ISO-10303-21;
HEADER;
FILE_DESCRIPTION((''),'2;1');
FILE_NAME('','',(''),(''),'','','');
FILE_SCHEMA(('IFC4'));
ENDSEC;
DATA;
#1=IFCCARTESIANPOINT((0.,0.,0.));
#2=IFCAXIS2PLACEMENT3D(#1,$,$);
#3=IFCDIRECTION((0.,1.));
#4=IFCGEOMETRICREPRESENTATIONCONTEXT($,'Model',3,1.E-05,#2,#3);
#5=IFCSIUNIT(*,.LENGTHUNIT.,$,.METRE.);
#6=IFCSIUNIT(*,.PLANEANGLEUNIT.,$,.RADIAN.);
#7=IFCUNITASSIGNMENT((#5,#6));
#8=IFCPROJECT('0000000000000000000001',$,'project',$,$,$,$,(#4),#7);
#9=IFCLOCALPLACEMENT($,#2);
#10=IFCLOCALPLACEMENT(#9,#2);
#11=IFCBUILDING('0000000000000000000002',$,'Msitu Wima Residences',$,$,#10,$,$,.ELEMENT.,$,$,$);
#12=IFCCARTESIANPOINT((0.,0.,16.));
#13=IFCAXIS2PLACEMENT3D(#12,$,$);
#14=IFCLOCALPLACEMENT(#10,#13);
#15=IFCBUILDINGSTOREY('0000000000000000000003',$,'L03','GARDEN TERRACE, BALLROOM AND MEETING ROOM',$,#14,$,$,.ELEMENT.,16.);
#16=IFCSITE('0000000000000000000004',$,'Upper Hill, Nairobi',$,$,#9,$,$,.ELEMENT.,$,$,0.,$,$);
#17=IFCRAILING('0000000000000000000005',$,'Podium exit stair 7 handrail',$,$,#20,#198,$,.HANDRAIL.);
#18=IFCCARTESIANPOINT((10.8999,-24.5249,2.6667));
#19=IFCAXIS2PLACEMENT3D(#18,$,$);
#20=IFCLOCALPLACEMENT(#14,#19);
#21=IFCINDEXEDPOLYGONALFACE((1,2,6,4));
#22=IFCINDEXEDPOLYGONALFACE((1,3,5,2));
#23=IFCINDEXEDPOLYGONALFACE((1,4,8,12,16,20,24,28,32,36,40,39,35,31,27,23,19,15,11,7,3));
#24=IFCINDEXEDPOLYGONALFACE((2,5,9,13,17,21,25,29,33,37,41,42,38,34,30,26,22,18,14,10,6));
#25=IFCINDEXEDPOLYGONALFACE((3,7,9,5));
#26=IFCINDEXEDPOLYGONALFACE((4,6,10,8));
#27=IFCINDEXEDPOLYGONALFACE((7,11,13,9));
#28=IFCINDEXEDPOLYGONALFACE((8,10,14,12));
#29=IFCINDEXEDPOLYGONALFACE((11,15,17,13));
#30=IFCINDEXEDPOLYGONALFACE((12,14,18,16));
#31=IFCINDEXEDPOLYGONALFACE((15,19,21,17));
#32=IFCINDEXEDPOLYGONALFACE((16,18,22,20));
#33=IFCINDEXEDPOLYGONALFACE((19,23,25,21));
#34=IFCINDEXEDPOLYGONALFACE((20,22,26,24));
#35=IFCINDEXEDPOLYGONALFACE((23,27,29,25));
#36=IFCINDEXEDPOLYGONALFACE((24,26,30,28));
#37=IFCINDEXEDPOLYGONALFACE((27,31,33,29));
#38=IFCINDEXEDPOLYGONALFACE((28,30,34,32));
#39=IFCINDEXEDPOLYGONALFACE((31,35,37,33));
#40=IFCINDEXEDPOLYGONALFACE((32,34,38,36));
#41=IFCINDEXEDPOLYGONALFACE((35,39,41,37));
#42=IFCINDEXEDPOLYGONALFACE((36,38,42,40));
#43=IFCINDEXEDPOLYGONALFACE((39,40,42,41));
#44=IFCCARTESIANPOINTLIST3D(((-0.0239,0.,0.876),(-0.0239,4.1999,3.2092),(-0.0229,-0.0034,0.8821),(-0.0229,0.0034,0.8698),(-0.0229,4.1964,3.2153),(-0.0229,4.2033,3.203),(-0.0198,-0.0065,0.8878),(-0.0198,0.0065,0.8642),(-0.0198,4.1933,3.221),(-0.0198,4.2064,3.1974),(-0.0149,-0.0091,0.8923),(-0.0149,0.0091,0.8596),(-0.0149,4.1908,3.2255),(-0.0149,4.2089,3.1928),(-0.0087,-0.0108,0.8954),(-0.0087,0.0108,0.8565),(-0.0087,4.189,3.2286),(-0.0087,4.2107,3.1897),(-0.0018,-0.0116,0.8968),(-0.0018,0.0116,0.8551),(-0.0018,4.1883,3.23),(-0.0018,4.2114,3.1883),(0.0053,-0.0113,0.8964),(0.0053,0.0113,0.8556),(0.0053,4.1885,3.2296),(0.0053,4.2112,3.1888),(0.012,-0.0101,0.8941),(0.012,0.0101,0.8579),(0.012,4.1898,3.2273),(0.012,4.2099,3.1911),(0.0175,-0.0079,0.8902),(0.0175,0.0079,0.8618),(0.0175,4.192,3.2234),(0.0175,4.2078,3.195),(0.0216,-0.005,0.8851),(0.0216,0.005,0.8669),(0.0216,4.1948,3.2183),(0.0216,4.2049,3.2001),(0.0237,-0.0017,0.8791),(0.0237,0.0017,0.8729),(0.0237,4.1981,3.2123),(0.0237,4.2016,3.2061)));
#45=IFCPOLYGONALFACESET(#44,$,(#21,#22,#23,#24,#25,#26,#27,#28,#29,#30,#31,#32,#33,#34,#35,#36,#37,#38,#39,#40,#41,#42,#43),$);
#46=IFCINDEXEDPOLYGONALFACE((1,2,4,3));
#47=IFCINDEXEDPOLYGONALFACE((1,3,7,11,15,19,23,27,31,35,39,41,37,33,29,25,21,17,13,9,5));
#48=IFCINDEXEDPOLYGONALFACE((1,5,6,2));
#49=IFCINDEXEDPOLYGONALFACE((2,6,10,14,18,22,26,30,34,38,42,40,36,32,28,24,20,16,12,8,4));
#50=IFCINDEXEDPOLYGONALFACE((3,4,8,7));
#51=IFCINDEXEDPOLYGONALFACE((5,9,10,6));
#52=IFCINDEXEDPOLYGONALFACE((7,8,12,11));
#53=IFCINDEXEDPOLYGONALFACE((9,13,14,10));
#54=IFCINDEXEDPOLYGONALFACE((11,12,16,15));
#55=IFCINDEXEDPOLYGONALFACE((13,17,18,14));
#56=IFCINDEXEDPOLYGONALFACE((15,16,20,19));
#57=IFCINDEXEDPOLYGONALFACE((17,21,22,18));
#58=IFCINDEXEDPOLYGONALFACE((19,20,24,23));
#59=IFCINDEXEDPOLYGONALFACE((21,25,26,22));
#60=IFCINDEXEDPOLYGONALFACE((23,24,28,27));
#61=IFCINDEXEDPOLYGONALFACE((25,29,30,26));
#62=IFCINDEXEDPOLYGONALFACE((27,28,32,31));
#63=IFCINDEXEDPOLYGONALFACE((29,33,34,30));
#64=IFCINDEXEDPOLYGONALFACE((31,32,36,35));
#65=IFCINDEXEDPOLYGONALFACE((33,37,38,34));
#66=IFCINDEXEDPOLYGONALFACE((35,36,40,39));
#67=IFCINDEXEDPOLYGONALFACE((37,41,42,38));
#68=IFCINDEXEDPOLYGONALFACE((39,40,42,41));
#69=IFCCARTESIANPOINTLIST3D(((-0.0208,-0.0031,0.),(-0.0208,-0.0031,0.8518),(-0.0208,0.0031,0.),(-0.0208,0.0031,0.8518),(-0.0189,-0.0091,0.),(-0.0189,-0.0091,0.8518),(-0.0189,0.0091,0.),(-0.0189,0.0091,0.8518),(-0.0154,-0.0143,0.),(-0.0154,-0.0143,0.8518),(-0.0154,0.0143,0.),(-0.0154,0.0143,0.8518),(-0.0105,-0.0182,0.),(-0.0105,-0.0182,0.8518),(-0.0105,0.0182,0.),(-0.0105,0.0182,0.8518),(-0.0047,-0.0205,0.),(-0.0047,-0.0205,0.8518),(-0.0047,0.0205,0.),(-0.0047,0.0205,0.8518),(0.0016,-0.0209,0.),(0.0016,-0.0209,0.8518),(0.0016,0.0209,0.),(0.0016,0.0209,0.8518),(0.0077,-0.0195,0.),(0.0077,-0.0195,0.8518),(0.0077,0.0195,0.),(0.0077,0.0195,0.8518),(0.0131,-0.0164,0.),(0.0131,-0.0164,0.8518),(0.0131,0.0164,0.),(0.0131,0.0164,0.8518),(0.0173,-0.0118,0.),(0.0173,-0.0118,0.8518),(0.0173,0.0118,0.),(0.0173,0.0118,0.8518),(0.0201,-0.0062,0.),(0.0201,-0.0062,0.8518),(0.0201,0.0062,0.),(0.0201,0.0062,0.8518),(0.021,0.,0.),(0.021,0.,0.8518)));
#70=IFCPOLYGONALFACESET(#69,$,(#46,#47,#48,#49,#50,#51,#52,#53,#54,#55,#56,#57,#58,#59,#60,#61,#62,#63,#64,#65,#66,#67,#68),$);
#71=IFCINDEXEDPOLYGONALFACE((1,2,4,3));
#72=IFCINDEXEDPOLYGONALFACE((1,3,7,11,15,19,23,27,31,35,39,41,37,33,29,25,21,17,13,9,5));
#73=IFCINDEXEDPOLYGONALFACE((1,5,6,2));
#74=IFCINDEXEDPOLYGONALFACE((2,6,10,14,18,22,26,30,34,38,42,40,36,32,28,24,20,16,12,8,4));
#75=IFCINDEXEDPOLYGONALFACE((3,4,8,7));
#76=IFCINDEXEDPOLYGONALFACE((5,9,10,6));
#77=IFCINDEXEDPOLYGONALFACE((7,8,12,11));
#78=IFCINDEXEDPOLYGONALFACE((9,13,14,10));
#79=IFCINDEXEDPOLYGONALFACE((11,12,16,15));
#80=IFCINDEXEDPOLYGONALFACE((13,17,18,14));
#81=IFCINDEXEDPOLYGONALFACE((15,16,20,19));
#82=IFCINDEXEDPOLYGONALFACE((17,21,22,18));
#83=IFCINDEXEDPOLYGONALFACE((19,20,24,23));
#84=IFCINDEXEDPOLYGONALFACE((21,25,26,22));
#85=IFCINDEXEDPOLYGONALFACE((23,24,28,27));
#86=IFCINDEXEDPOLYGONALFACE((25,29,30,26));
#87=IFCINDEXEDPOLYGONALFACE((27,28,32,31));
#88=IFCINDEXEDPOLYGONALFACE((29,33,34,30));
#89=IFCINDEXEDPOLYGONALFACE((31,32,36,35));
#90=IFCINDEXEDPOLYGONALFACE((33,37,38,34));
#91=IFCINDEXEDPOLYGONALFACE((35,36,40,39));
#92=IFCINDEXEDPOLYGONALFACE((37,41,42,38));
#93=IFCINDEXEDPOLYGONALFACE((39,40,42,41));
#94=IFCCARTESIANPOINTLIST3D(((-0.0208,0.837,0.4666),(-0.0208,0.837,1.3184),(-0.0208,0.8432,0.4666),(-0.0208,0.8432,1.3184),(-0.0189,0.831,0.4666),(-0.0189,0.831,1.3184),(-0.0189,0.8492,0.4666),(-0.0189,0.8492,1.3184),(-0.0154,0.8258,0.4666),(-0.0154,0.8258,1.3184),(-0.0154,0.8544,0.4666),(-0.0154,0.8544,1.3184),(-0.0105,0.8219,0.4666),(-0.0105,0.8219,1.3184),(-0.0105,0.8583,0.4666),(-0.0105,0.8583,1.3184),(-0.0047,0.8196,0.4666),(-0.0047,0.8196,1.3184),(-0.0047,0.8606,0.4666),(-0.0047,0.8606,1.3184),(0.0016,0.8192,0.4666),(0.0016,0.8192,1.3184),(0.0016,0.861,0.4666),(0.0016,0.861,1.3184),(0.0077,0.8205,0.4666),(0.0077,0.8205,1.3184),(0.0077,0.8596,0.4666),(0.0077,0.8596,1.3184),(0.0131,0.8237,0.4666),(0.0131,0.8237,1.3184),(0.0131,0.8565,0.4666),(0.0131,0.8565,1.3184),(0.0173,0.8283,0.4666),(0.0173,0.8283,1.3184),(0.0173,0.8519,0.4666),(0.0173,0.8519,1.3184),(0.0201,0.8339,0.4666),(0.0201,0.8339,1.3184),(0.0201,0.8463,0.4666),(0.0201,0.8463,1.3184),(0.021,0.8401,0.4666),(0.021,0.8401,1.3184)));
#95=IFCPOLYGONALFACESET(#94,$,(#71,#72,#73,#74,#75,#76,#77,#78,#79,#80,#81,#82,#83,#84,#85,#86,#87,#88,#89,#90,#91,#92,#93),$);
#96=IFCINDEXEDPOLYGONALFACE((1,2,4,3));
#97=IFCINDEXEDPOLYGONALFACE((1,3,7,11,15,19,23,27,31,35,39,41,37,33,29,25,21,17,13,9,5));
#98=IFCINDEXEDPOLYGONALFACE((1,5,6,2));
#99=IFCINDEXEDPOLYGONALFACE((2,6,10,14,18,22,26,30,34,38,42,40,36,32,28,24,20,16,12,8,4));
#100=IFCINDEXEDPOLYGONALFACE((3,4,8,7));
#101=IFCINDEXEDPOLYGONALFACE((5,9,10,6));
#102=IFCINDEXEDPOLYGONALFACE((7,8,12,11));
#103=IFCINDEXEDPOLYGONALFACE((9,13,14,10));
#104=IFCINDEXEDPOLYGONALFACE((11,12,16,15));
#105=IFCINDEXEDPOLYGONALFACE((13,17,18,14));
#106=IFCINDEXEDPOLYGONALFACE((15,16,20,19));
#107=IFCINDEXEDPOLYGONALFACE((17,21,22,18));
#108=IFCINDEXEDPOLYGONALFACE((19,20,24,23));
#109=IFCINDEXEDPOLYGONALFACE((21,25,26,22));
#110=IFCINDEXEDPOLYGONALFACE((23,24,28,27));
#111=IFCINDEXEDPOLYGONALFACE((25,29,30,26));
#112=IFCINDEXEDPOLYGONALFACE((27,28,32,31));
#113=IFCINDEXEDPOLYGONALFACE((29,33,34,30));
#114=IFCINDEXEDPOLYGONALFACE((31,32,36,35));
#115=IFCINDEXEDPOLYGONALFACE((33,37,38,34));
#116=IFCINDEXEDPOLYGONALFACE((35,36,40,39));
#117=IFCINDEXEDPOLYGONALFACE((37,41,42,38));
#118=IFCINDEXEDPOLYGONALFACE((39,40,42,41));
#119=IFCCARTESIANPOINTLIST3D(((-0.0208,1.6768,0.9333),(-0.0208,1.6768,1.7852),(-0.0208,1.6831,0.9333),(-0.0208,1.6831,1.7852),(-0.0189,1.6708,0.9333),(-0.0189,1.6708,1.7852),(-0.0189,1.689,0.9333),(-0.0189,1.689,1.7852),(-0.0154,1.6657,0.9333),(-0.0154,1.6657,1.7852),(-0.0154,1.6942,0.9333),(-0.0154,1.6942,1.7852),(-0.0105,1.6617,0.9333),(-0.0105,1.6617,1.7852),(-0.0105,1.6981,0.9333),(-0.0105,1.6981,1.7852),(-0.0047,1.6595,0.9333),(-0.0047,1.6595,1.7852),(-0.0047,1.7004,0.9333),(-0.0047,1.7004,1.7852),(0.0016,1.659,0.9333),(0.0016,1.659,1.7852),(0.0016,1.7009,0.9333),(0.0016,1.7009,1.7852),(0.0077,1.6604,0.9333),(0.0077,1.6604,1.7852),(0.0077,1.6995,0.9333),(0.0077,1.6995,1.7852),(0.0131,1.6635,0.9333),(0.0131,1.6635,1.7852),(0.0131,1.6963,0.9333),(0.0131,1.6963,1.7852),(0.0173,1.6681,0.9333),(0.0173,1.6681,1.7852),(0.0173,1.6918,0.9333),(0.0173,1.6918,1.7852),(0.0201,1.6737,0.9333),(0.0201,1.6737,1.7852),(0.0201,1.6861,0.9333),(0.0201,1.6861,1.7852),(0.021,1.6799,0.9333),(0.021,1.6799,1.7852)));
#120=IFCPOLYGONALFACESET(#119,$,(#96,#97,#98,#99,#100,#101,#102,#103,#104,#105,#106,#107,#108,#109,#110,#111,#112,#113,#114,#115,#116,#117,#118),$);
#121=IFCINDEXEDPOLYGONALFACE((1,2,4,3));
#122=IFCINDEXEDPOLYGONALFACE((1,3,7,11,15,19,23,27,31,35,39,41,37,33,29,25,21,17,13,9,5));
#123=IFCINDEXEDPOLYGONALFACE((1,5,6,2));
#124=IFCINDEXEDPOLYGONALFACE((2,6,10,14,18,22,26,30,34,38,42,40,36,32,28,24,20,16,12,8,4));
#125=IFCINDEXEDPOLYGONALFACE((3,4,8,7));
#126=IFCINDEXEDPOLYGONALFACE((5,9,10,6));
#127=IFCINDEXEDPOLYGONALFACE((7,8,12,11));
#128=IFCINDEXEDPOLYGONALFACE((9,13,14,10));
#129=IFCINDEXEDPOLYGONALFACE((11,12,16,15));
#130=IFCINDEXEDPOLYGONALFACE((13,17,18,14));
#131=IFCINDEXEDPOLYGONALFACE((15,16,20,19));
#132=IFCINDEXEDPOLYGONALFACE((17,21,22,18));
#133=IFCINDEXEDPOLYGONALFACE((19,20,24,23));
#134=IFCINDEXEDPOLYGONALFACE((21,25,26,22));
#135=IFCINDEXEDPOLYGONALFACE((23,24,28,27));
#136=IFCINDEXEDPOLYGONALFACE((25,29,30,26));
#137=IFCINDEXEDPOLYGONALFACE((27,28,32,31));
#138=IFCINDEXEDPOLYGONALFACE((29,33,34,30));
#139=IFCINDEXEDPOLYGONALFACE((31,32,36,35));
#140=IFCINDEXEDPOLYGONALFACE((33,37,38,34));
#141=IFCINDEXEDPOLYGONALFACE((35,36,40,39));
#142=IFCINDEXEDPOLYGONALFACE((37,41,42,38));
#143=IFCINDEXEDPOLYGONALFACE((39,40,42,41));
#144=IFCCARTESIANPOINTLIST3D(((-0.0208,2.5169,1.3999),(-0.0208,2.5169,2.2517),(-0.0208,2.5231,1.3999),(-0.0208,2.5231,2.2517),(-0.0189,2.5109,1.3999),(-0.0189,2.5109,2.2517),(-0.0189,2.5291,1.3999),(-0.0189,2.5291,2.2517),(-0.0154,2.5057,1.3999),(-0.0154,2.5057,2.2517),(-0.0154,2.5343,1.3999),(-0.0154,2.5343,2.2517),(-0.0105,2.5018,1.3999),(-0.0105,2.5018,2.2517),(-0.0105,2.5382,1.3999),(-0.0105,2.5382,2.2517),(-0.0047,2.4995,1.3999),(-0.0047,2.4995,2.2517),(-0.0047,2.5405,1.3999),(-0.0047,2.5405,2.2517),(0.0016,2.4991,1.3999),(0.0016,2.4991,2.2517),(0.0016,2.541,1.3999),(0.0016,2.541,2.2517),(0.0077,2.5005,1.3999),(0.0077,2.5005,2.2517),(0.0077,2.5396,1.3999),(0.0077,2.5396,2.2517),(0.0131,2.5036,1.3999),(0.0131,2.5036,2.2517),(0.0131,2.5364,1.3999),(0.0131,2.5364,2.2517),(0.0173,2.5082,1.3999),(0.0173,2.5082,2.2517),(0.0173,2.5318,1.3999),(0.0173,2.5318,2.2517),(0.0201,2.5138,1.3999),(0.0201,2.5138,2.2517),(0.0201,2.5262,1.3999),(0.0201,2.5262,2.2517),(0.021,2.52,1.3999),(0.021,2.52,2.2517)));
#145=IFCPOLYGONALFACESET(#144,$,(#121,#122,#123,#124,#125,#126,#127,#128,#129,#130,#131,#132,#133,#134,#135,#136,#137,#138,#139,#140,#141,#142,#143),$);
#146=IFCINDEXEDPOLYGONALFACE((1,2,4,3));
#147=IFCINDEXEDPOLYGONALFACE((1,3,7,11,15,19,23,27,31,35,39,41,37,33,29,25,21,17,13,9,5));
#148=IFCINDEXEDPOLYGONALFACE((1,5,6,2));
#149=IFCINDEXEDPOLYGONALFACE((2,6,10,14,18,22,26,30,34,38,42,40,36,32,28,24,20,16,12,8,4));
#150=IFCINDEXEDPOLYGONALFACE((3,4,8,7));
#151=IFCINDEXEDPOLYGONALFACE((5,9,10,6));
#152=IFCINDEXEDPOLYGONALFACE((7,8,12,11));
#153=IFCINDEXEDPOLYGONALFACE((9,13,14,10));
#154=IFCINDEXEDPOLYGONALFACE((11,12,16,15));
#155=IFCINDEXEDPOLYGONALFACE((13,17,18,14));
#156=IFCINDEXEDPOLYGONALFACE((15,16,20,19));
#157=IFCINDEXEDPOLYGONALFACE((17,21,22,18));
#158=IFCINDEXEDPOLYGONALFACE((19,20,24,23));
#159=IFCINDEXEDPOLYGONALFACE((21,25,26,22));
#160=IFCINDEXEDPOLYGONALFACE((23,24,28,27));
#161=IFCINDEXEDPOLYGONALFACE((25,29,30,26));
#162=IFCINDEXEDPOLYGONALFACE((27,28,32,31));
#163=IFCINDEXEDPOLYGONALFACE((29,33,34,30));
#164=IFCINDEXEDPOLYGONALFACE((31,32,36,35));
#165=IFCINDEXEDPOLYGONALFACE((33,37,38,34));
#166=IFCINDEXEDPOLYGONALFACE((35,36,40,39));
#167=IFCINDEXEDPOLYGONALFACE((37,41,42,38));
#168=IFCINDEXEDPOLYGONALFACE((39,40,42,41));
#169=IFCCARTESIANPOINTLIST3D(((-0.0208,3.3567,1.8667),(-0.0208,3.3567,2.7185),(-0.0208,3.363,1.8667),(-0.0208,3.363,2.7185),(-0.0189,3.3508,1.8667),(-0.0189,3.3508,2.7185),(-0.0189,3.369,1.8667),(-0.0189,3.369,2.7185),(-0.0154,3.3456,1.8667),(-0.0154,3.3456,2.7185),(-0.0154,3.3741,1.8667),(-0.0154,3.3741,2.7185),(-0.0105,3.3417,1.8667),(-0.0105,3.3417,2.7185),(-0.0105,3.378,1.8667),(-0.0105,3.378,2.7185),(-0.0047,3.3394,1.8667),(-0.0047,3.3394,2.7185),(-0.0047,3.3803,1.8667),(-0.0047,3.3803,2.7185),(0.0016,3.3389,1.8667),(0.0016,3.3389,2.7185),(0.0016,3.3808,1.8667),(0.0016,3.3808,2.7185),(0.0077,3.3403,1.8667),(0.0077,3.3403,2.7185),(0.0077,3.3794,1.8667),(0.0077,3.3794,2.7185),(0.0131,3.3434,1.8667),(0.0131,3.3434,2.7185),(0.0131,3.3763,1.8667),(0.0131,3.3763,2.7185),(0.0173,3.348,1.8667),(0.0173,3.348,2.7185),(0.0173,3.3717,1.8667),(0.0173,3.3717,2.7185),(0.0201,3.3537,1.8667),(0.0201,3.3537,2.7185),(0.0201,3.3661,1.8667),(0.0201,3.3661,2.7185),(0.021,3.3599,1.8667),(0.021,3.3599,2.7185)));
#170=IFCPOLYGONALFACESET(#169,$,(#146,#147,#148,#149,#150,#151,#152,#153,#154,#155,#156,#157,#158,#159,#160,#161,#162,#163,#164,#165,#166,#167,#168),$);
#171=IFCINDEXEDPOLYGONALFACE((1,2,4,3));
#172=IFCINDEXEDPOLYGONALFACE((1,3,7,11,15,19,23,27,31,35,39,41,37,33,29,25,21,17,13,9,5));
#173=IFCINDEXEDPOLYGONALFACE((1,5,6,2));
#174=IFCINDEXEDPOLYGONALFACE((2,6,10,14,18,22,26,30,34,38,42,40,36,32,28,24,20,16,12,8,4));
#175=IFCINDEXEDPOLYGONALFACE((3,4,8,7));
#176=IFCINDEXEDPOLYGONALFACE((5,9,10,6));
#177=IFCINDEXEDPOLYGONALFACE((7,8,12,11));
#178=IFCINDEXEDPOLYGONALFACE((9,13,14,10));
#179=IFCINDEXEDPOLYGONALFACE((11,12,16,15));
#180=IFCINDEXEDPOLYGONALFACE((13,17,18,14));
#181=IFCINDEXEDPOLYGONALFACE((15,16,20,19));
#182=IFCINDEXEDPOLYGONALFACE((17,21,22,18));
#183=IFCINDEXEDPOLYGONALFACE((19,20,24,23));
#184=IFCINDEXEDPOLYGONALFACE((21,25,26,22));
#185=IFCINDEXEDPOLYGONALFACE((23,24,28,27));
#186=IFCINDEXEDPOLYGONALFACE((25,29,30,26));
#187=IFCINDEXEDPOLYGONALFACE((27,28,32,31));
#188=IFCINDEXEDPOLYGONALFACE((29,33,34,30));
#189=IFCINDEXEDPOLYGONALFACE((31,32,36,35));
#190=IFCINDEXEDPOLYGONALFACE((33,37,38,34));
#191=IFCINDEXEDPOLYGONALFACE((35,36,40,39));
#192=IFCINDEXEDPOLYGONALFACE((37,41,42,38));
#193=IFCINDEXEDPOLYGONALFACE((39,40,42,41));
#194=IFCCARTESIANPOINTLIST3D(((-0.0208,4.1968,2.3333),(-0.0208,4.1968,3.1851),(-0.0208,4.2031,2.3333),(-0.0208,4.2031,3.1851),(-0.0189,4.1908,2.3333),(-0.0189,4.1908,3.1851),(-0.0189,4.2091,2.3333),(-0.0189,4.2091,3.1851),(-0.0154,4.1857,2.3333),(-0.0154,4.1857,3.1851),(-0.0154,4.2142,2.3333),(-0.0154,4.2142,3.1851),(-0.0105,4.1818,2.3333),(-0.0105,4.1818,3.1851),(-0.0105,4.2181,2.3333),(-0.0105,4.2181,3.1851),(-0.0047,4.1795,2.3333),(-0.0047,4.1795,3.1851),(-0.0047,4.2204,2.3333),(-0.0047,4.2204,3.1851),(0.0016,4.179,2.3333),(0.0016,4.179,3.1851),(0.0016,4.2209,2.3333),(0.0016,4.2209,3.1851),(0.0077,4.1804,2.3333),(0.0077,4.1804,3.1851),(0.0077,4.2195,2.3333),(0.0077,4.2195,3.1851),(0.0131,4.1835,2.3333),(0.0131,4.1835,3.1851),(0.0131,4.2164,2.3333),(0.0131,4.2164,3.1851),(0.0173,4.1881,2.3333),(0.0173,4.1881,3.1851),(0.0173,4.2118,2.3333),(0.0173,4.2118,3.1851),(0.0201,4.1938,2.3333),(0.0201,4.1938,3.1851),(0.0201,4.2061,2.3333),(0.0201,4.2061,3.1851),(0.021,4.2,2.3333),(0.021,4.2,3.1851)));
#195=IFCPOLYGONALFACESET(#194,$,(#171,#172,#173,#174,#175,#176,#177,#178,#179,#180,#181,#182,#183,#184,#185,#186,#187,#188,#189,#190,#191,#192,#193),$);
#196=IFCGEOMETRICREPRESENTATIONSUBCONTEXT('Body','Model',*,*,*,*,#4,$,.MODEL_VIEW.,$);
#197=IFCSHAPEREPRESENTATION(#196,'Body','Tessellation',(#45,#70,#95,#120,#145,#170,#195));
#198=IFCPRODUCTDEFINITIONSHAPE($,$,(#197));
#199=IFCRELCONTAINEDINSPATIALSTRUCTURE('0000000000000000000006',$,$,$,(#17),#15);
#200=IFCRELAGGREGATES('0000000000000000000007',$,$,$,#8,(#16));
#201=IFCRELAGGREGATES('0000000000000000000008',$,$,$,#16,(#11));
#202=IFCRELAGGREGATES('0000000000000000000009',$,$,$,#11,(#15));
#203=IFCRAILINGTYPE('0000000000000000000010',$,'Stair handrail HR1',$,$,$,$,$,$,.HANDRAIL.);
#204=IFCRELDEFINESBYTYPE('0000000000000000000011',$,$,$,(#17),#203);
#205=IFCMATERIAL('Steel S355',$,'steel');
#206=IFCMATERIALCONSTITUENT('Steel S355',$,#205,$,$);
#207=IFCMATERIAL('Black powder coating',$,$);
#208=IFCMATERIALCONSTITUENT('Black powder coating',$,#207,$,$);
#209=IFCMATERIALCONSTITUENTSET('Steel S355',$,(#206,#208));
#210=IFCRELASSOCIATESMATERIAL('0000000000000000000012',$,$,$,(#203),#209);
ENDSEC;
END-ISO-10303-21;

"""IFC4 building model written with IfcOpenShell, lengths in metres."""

from ifc_helpers import new_model, si_unit, direction, frame, origin, origin_2d, place, context, subcontext, project, spatial, circle, extrude, material, constituent, constituent_set, type_object, element, save


model = new_model("IFC4")

# Units and contexts
model_context = context("Model", 3, precision=1e-05, world=origin(), true_north=direction((0.0, 1.0)))
body_context = subcontext(model_context, "Body", "Model", "MODEL_VIEW")
ifc_project = project(units=[si_unit("LENGTHUNIT", "METRE"), si_unit("PLANEANGLEUNIT", "RADIAN")], contexts=[model_context])

# Site, building, storey
site_placement = place(None, origin())
site = spatial("IfcSite", under=ifc_project, at=site_placement, Name="Upper Hill, Nairobi", CompositionType="ELEMENT", RefElevation=0.0)
building_placement = place(site_placement, origin())
building = spatial("IfcBuilding", under=site, at=building_placement, Name="Msitu Wima Residences", CompositionType="ELEMENT")
storey_placement = place(building_placement, frame((0.0, 0.0, 16.0)))
storey = spatial("IfcBuildingStorey", under=building, at=storey_placement, Name="L03", Description="GARDEN TERRACE, BALLROOM AND MEETING ROOM", CompositionType="ELEMENT", Elevation=16.0)

# Railing
ifc_material_1 = material(Name="Steel S355", Category="steel")
ifc_constituent_1 = constituent(ifc_material_1, Name="Steel S355")
ifc_material_2 = material(Name="Black powder coating")
ifc_constituent_2 = constituent(ifc_material_2, Name="Black powder coating")
ifc_constituent_set = constituent_set(constituents=[ifc_constituent_1, ifc_constituent_2], Name="Steel S355")
railing_type = type_object("IfcRailingType", Name="Stair handrail HR1", PredefinedType="HANDRAIL", material=ifc_constituent_set)
for number, where, name in (
    (1, (10.8999, -24.5249, 2.6667), "Podium exit stair 7 handrail"),
):
    element("IfcRailing", number, at=place(storey_placement, frame(where)), inside=storey, type_object=railing_type, Name=name, PredefinedType="HANDRAIL", context=body_context, shape_type="SweptSolid", body=[
        extrude(circle(Radius=0.0239, at=origin_2d()), frame((0.0, 0.0, 0.876), z_axis=(0.0, 0.874162, 0.485634), x_axis=(-1.0, 0.0, 0.0)), (0.0, 0.0, 1.0), 4.8044),
        extrude(circle(Radius=0.021, at=origin_2d()), origin(), (0.0, 0.0, 1.0), 0.8518),
        extrude(circle(Radius=0.021, at=origin_2d()), frame((0.0, 0.8401, 0.4666)), (0.0, 0.0, 1.0), 0.8518),
        extrude(circle(Radius=0.021, at=origin_2d()), frame((0.0, 1.6799, 0.9333)), (0.0, 0.0, 1.0), 0.8518),
        extrude(circle(Radius=0.021, at=origin_2d()), frame((0.0, 2.52, 1.3999)), (0.0, 0.0, 1.0), 0.8518),
        extrude(circle(Radius=0.021, at=origin_2d()), frame((0.0, 3.3599, 1.8667)), (0.0, 0.0, 1.0), 0.8518),
        extrude(circle(Radius=0.021, at=origin_2d()), frame((0.0, 4.2, 2.3333)), (0.0, 0.0, 1.0), 0.8518),
    ])

save(model, "model.ifc")
